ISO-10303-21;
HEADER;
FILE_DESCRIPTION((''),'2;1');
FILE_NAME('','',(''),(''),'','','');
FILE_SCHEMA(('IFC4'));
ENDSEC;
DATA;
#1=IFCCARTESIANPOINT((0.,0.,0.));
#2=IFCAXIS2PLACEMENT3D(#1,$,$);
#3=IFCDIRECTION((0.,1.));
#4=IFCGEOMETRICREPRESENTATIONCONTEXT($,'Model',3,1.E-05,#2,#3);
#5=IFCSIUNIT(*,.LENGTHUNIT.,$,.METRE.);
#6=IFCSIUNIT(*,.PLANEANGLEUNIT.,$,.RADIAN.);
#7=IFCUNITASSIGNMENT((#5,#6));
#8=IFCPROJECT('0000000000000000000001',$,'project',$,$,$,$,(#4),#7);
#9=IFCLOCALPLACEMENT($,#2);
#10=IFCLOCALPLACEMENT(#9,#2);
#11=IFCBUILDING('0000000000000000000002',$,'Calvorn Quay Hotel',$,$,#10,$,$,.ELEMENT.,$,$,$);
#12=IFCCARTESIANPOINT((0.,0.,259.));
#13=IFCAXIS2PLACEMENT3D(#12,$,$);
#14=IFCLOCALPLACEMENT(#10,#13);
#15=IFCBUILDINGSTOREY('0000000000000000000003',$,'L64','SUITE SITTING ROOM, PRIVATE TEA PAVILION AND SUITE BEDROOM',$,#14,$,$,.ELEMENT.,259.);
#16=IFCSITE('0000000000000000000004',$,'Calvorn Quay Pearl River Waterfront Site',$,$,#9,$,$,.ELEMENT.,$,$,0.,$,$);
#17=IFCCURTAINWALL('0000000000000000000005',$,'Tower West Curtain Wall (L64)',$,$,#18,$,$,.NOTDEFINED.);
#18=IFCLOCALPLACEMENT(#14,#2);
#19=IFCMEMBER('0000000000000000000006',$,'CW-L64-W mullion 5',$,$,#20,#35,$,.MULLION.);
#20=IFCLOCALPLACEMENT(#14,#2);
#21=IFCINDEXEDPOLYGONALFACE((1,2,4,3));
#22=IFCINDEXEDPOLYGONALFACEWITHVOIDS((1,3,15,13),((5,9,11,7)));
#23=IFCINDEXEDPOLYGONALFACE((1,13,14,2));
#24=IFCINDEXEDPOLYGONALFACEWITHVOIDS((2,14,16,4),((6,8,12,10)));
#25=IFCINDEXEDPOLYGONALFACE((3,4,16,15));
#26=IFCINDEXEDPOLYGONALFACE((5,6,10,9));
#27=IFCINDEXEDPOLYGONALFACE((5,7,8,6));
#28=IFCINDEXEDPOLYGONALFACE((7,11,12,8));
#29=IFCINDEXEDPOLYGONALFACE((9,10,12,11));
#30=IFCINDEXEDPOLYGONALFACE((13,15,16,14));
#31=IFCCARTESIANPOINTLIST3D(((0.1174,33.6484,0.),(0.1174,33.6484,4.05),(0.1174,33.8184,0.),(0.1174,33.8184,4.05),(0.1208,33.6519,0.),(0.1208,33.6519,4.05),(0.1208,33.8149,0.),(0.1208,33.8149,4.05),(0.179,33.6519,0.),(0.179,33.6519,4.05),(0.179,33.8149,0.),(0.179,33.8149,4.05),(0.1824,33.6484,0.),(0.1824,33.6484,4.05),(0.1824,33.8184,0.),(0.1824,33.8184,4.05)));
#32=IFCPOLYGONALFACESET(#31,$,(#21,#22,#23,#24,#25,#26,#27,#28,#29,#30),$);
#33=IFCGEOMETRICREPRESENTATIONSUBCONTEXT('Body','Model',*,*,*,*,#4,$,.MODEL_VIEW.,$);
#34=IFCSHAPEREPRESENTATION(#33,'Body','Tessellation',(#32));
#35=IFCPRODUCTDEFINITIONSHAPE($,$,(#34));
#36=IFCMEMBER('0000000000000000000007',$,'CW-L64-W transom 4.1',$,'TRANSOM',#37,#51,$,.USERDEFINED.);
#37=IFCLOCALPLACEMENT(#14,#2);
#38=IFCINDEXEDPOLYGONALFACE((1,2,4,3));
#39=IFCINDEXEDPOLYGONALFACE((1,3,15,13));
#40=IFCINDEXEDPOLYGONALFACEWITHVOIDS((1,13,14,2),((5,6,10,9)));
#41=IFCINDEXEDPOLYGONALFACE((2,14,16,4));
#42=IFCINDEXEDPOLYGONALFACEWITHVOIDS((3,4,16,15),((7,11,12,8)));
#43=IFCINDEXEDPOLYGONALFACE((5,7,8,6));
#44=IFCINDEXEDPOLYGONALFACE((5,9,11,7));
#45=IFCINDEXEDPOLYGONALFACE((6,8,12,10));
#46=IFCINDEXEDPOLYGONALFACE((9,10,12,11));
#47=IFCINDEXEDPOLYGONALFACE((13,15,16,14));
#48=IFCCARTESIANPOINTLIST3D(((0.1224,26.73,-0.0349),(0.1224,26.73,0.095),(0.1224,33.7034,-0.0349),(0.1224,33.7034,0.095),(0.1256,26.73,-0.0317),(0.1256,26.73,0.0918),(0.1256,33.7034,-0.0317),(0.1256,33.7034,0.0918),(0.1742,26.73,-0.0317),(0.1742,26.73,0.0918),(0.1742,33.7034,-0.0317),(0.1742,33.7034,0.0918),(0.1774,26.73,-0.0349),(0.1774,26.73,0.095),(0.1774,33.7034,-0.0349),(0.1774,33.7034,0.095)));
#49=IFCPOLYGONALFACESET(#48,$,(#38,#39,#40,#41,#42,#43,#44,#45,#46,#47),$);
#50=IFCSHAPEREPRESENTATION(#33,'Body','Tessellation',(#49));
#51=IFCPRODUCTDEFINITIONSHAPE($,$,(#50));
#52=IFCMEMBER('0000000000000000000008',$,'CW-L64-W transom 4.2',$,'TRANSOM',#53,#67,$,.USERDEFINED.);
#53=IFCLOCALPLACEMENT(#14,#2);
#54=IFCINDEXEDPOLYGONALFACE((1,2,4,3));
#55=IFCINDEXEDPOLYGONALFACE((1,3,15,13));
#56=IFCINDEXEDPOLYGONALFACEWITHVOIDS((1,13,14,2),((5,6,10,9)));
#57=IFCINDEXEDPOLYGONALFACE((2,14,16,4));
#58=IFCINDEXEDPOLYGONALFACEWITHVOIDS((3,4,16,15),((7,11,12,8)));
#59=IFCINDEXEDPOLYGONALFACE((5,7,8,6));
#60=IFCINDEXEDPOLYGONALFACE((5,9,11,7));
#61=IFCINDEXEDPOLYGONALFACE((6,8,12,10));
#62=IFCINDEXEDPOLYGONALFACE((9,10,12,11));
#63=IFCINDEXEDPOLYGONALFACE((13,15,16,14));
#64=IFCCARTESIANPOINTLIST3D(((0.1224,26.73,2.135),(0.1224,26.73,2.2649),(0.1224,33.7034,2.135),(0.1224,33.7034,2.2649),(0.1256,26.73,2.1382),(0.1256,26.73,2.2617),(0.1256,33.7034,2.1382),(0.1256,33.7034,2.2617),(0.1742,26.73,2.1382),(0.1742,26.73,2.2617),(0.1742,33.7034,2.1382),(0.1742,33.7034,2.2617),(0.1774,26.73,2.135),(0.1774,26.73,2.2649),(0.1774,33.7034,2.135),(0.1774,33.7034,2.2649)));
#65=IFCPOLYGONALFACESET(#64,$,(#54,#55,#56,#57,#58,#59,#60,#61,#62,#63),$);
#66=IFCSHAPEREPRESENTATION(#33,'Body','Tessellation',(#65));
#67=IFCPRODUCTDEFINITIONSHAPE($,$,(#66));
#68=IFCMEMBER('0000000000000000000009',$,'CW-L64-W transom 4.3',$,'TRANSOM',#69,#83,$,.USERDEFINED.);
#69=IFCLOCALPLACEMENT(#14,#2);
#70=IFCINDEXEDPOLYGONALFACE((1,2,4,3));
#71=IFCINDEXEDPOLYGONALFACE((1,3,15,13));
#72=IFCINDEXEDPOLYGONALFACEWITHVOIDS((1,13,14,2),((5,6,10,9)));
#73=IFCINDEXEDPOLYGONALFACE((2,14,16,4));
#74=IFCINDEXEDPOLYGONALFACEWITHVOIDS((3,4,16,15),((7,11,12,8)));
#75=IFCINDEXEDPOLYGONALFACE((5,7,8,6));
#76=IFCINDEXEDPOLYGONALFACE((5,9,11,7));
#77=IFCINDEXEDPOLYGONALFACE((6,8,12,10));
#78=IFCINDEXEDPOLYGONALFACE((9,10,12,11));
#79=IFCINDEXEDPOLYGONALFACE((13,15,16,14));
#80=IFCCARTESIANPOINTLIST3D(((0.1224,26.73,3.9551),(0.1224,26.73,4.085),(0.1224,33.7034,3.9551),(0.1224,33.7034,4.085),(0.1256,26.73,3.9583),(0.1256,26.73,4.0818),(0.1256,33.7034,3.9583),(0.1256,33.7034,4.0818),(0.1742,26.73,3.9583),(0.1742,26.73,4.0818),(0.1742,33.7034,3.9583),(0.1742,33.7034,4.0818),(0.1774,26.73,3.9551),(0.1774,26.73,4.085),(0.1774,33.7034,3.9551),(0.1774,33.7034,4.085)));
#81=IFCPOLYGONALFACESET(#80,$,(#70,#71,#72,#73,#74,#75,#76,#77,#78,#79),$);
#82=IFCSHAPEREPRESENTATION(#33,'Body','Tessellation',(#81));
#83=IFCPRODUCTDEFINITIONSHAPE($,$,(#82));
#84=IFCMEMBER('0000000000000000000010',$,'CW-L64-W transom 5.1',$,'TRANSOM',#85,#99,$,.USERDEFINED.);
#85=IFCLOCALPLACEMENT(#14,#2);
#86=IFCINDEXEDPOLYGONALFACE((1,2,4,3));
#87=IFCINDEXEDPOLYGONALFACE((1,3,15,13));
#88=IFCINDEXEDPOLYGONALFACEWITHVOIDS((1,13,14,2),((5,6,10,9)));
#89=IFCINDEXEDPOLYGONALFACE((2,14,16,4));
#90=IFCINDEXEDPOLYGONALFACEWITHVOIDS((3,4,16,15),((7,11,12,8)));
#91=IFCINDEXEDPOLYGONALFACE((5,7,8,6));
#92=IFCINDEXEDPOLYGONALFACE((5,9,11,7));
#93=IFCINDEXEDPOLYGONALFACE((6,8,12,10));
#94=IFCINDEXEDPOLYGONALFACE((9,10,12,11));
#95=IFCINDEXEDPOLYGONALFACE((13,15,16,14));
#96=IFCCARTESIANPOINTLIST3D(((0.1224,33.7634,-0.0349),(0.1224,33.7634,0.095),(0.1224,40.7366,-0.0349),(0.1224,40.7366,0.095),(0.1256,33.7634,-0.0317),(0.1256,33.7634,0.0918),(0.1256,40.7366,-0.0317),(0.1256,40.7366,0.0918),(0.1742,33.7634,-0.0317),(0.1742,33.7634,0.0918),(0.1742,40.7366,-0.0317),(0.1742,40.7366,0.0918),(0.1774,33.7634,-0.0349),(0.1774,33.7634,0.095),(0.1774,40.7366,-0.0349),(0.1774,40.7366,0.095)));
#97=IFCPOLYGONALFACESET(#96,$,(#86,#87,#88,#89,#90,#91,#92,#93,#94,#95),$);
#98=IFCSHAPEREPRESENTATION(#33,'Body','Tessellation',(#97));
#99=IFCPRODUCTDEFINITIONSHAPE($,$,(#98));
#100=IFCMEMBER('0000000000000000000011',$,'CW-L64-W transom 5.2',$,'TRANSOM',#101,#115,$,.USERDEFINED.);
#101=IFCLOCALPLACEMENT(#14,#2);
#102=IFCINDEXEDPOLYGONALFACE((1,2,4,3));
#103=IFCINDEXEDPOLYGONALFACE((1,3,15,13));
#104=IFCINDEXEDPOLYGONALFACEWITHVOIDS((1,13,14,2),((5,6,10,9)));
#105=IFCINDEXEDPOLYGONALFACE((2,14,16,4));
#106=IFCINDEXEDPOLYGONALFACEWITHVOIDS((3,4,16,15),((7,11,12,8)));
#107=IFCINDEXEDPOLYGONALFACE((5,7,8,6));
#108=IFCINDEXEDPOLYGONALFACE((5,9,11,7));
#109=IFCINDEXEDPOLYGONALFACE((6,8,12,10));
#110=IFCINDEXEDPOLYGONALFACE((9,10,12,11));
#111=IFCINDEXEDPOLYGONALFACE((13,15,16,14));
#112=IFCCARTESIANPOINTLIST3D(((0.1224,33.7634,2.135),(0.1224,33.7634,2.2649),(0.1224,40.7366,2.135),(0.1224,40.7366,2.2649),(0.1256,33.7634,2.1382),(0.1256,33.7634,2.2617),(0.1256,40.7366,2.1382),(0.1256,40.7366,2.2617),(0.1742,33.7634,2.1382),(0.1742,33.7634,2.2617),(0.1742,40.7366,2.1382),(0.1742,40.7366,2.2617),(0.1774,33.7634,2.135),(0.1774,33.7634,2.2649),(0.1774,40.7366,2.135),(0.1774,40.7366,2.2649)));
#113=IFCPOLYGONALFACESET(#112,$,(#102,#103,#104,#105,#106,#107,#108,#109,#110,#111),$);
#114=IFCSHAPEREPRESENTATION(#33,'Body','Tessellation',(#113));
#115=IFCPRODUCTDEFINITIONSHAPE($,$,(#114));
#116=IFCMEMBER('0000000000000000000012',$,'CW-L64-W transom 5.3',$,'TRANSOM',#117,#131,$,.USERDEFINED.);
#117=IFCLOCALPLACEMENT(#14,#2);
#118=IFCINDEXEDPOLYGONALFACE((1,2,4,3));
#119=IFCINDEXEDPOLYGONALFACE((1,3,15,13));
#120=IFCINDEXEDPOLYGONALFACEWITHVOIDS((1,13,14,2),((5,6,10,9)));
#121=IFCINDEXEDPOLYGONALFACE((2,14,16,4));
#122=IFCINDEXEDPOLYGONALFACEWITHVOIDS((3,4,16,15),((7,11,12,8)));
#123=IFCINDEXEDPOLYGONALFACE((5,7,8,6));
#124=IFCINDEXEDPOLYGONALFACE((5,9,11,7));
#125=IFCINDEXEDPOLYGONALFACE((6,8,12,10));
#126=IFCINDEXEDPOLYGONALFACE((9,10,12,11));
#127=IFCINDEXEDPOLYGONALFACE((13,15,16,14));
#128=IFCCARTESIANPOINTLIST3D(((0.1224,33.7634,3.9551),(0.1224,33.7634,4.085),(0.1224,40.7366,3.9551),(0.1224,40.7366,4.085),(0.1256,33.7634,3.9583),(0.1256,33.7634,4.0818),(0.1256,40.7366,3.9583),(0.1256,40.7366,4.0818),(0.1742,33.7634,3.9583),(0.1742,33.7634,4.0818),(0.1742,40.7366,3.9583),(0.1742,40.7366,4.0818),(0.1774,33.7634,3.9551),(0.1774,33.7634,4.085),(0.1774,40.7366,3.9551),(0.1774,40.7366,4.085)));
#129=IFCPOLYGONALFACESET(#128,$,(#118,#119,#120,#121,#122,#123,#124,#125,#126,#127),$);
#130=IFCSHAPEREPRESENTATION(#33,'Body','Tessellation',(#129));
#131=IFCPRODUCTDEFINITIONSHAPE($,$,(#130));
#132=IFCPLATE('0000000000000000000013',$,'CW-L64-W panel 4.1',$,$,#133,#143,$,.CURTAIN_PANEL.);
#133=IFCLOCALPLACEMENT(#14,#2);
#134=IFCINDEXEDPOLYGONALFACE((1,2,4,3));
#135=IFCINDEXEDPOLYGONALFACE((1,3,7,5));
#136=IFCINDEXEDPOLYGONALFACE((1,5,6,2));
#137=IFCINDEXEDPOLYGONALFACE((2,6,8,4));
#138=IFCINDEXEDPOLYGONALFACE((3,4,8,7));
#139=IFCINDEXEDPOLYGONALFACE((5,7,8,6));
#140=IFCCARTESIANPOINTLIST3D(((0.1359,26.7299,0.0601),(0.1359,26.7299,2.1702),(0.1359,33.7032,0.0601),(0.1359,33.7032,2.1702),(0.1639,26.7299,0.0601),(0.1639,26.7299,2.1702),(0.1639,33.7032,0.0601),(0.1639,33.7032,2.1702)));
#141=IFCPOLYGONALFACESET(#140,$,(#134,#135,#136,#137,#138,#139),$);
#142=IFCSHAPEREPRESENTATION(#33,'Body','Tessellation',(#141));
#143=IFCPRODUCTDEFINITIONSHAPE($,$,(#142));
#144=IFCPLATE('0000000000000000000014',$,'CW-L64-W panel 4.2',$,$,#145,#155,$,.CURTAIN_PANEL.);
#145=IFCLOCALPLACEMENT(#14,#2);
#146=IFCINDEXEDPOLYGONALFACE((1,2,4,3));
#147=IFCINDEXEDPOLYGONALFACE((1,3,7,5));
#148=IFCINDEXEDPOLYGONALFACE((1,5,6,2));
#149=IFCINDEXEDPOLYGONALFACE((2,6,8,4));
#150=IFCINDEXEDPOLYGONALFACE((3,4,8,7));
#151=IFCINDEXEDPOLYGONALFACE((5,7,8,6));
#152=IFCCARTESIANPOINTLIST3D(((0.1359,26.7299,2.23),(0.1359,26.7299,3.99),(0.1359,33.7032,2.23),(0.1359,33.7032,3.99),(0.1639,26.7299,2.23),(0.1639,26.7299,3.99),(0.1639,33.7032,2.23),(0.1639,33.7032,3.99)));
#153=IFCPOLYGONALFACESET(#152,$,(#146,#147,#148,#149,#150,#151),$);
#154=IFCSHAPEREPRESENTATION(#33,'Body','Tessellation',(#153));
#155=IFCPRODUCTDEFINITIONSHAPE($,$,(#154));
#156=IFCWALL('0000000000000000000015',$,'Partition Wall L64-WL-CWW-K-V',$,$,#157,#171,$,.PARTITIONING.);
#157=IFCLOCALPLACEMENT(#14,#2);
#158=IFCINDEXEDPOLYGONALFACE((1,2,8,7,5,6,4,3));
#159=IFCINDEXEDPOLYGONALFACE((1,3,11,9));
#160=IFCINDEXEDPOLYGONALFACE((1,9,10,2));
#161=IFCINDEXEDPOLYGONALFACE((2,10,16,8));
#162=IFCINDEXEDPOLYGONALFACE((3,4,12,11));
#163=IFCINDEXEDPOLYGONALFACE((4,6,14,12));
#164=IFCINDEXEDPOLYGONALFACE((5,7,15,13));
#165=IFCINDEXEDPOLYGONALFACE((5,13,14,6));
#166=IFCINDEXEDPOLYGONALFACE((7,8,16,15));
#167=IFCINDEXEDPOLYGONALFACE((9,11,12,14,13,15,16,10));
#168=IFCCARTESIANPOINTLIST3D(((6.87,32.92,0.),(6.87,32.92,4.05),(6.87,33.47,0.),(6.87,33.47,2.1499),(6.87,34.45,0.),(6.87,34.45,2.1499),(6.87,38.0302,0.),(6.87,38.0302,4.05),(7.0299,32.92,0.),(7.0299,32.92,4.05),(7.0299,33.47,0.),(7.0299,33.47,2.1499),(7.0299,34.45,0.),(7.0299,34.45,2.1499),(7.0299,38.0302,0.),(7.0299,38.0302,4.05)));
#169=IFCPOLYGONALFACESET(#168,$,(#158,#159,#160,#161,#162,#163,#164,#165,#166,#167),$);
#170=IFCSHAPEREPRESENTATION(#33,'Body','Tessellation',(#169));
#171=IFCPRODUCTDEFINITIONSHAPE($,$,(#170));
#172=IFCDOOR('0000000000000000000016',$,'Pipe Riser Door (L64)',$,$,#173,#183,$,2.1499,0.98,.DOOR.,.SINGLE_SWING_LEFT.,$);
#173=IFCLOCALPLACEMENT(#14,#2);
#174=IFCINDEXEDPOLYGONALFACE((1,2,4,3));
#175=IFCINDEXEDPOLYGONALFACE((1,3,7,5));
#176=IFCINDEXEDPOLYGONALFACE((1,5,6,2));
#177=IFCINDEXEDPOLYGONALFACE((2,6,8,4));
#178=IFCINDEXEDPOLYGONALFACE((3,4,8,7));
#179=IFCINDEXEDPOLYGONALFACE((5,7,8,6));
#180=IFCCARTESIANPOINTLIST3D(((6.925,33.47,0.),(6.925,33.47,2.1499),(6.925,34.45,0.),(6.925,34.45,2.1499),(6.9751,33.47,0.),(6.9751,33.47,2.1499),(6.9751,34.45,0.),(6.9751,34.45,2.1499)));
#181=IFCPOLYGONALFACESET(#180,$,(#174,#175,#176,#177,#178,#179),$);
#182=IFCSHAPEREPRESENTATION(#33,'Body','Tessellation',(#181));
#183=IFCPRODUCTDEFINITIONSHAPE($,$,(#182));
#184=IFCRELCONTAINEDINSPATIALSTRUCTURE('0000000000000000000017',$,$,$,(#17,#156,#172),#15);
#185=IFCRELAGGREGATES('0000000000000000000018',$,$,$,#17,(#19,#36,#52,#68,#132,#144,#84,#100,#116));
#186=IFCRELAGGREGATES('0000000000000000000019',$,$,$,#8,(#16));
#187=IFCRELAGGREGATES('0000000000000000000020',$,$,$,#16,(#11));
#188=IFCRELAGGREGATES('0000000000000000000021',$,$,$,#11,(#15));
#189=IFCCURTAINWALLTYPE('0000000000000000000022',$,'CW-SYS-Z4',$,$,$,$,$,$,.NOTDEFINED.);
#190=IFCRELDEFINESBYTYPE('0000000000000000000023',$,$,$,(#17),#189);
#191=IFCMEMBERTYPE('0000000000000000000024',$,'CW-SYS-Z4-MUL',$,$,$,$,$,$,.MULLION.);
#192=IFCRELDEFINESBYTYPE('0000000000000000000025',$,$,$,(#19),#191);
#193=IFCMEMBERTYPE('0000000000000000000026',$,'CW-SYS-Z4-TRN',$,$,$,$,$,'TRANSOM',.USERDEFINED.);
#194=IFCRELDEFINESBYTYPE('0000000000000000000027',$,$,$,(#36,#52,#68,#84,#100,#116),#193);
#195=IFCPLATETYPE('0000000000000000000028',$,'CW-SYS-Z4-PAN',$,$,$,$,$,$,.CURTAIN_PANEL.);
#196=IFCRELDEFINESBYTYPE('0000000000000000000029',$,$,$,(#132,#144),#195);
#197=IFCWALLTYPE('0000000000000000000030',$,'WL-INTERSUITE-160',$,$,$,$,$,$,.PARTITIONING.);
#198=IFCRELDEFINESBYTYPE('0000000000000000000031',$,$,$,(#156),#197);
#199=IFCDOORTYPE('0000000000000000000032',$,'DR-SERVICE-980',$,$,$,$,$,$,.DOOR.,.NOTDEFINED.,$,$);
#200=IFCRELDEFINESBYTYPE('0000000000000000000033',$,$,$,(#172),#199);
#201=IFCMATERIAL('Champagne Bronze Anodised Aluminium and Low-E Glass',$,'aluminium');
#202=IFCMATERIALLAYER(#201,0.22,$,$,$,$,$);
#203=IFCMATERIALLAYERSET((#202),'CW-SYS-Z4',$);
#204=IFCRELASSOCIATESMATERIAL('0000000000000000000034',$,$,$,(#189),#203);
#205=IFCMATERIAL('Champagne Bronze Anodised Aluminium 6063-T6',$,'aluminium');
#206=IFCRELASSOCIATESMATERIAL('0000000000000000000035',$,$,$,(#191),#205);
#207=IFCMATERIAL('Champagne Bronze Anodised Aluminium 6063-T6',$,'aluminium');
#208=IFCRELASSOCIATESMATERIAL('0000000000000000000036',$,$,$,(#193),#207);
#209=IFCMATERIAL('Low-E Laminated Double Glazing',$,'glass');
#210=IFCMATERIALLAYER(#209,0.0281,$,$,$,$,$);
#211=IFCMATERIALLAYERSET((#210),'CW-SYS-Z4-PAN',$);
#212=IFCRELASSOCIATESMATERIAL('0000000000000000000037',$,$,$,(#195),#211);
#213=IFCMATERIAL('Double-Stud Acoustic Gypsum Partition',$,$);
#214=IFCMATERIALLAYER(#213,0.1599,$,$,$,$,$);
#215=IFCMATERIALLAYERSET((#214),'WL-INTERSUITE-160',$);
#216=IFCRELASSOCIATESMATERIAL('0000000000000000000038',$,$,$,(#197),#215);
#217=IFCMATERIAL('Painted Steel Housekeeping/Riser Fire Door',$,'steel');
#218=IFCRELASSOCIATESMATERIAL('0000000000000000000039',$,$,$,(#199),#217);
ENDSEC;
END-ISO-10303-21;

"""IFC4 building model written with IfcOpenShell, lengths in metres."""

from ifc_helpers import new_model, si_unit, direction, frame, frame_2d, origin, origin_2d, place, context, subcontext, project, spatial, rectangle, hollow_rectangle, extrude, material, layer, layer_set, material_profile, profile_set, type_object, element, fill, aggregate, save


model = new_model("IFC4")

# Units and contexts
model_context = context("Model", 3, precision=1e-05, world=origin(), true_north=direction((0.0, 1.0)))
body_context = subcontext(model_context, "Body", "Model", "MODEL_VIEW")
ifc_project = project(units=[si_unit("LENGTHUNIT", "METRE"), si_unit("PLANEANGLEUNIT", "RADIAN")], contexts=[model_context])

# Site, building, storey
site_placement = place(None, origin())
site = spatial("IfcSite", under=ifc_project, at=site_placement, Name="Calvorn Quay Pearl River Waterfront Site", CompositionType="ELEMENT", RefElevation=0.0)
building_placement = place(site_placement, origin())
building = spatial("IfcBuilding", under=site, at=building_placement, Name="Calvorn Quay Hotel", CompositionType="ELEMENT")
storey_placement = place(building_placement, frame((0.0, 0.0, 259.0)))
storey = spatial("IfcBuildingStorey", under=building, at=storey_placement, Name="L64", Description="SUITE SITTING ROOM, PRIVATE TEA PAVILION AND SUITE BEDROOM", CompositionType="ELEMENT", Elevation=259.0)

# Curtain wall, members, plates
ifc_material_1 = material(Name="Champagne Bronze Anodised Aluminium and Low-E Glass", Category="aluminium")
ifc_layer_1 = layer(ifc_material_1, 0.22)
ifc_layer_set_1 = layer_set([ifc_layer_1], Name="CW-SYS-Z4")
curtain_wall_type = type_object("IfcCurtainWallType", Name="CW-SYS-Z4", PredefinedType="NOTDEFINED", material=ifc_layer_set_1)
curtain_wall_placement = place(storey_placement, origin())
curtain_wall = element("IfcCurtainWall", 1, at=curtain_wall_placement, inside=storey, type_object=curtain_wall_type, Name="Tower West Curtain Wall (L64)", PredefinedType="NOTDEFINED")
ifc_material_2 = material(Name="Champagne Bronze Anodised Aluminium 6063-T6", Category="aluminium")
ifc_material_profile_1 = material_profile(ifc_material_2, hollow_rectangle(XDim=0.0649, YDim=0.1699, WallThickness=0.0034, at=origin_2d()), Name="ALU-M170x65x3.5")
ifc_profile_set_1 = profile_set([ifc_material_profile_1], Name="Champagne Bronze Anodised Aluminium 6063-T6")
member_type_1 = type_object("IfcMemberType", Name="CW-SYS-Z4-MUL", PredefinedType="MULLION", material=ifc_profile_set_1)
member_1_placement = place(storey_placement, frame((0.1499, 33.7334, 0.0), z_axis=(0.0, 0.0, 1.0), x_axis=(-1.0, 0.0, 0.0)))
member_1 = element("IfcMember", 2, at=member_1_placement, type_object=member_type_1, Name="CW-L64-W mullion 5", PredefinedType="MULLION", context=body_context, shape_type="SweptSolid", body=[
    extrude(hollow_rectangle(XDim=0.0649, YDim=0.1699, WallThickness=0.0034, at=origin_2d()), origin(), (0.0, 0.0, 1.0), 4.05),
])
ifc_material_3 = material(Name="Champagne Bronze Anodised Aluminium 6063-T6", Category="aluminium")
ifc_material_profile_2 = material_profile(ifc_material_3, hollow_rectangle(XDim=0.0549, YDim=0.1299, WallThickness=0.0032, at=origin_2d()), Name="ALU-T130x55x3.2")
ifc_profile_set_2 = profile_set([ifc_material_profile_2], Name="Champagne Bronze Anodised Aluminium 6063-T6")
member_type_2 = type_object("IfcMemberType", Name="CW-SYS-Z4-TRN", ElementType="TRANSOM", PredefinedType="USERDEFINED", material=ifc_profile_set_2)
member_2_placement = place(storey_placement, frame((0.1499, 26.73, 0.03), z_axis=(0.0, 1.0, 0.0), x_axis=(-1.0, 0.0, 0.0)))
member_2 = element("IfcMember", 3, at=member_2_placement, type_object=member_type_2, Name="CW-L64-W transom 4.1", ObjectType="TRANSOM", PredefinedType="USERDEFINED", context=body_context, shape_type="SweptSolid", body=[
    extrude(hollow_rectangle(XDim=0.0549, YDim=0.1299, WallThickness=0.0032, at=origin_2d()), origin(), (0.0, 0.0, 1.0), 6.9734),
])
member_3_placement = place(storey_placement, frame((0.1499, 26.73, 2.2), z_axis=(0.0, 1.0, 0.0), x_axis=(-1.0, 0.0, 0.0)))
member_3 = element("IfcMember", 4, at=member_3_placement, type_object=member_type_2, Name="CW-L64-W transom 4.2", ObjectType="TRANSOM", PredefinedType="USERDEFINED", context=body_context, shape_type="SweptSolid", body=[
    extrude(hollow_rectangle(XDim=0.0549, YDim=0.1299, WallThickness=0.0032, at=origin_2d()), origin(), (0.0, 0.0, 1.0), 6.9734),
])
member_4_placement = place(storey_placement, frame((0.1499, 26.73, 4.02), z_axis=(0.0, 1.0, 0.0), x_axis=(-1.0, 0.0, 0.0)))
member_4 = element("IfcMember", 5, at=member_4_placement, type_object=member_type_2, Name="CW-L64-W transom 4.3", ObjectType="TRANSOM", PredefinedType="USERDEFINED", context=body_context, shape_type="SweptSolid", body=[
    extrude(hollow_rectangle(XDim=0.0549, YDim=0.1299, WallThickness=0.0032, at=origin_2d()), origin(), (0.0, 0.0, 1.0), 6.9734),
])
member_5_placement = place(storey_placement, frame((0.1499, 33.7634, 0.03), z_axis=(0.0, 1.0, 0.0), x_axis=(-1.0, 0.0, 0.0)))
member_5 = element("IfcMember", 6, at=member_5_placement, type_object=member_type_2, Name="CW-L64-W transom 5.1", ObjectType="TRANSOM", PredefinedType="USERDEFINED", context=body_context, shape_type="SweptSolid", body=[
    extrude(hollow_rectangle(XDim=0.0549, YDim=0.1299, WallThickness=0.0032, at=origin_2d()), origin(), (0.0, 0.0, 1.0), 6.9731),
])
member_6_placement = place(storey_placement, frame((0.1499, 33.7634, 2.2), z_axis=(0.0, 1.0, 0.0), x_axis=(-1.0, 0.0, 0.0)))
member_6 = element("IfcMember", 7, at=member_6_placement, type_object=member_type_2, Name="CW-L64-W transom 5.2", ObjectType="TRANSOM", PredefinedType="USERDEFINED", context=body_context, shape_type="SweptSolid", body=[
    extrude(hollow_rectangle(XDim=0.0549, YDim=0.1299, WallThickness=0.0032, at=origin_2d()), origin(), (0.0, 0.0, 1.0), 6.9731),
])
member_7_placement = place(storey_placement, frame((0.1499, 33.7634, 4.02), z_axis=(0.0, 1.0, 0.0), x_axis=(-1.0, 0.0, 0.0)))
member_7 = element("IfcMember", 8, at=member_7_placement, type_object=member_type_2, Name="CW-L64-W transom 5.3", ObjectType="TRANSOM", PredefinedType="USERDEFINED", context=body_context, shape_type="SweptSolid", body=[
    extrude(hollow_rectangle(XDim=0.0549, YDim=0.1299, WallThickness=0.0032, at=origin_2d()), origin(), (0.0, 0.0, 1.0), 6.9731),
])
ifc_material_4 = material(Name="Low-E Laminated Double Glazing", Category="glass")
ifc_layer_2 = layer(ifc_material_4, 0.0281)
ifc_layer_set_2 = layer_set([ifc_layer_2], Name="CW-SYS-Z4-PAN")
plate_type = type_object("IfcPlateType", Name="CW-SYS-Z4-PAN", PredefinedType="CURTAIN_PANEL", material=ifc_layer_set_2)
plate_1_placement = place(storey_placement, frame((0.1499, 30.2166, 0.0601), z_axis=(0.0, 0.0, 1.0), x_axis=(0.0, 1.0, 0.0)))
plate_1 = element("IfcPlate", 9, at=plate_1_placement, type_object=plate_type, Name="CW-L64-W panel 4.1", PredefinedType="CURTAIN_PANEL", context=body_context, shape_type="SweptSolid", body=[
    extrude(rectangle(XDim=6.9734, YDim=0.0281, at=origin_2d()), origin(), (0.0, 0.0, 1.0), 2.1101),
])
plate_2_placement = place(storey_placement, frame((0.1499, 30.2166, 2.23), z_axis=(0.0, 0.0, 1.0), x_axis=(0.0, 1.0, 0.0)))
plate_2 = element("IfcPlate", 10, at=plate_2_placement, type_object=plate_type, Name="CW-L64-W panel 4.2", PredefinedType="CURTAIN_PANEL", context=body_context, shape_type="SweptSolid", body=[
    extrude(rectangle(XDim=6.9734, YDim=0.0281, at=origin_2d()), origin(), (0.0, 0.0, 1.0), 1.76),
])
aggregate(curtain_wall, [member_1, member_2, member_3, member_4, plate_1, plate_2, member_5, member_6, member_7])

# Wall, opening, door
ifc_material_5 = material(Name="Double-Stud Acoustic Gypsum Partition")
ifc_layer_3 = layer(ifc_material_5, 0.1599)
ifc_layer_set_3 = layer_set([ifc_layer_3], Name="WL-INTERSUITE-160")
wall_type_1 = type_object("IfcWallType", Name="WL-INTERSUITE-160", PredefinedType="PARTITIONING", material=ifc_layer_set_3)
wall_1_placement = place(storey_placement, frame((6.95, 32.9199, 0.0), z_axis=(0.0, 0.0, 1.0), x_axis=(0.0, 1.0, 0.0)))
wall_1 = element("IfcWall", 11, at=wall_1_placement, inside=storey, type_object=wall_type_1, Name="Partition Wall L64-WL-CWW-K-V", PredefinedType="PARTITIONING", context=body_context, shape_type="SweptSolid", body=[
    extrude(rectangle(XDim=5.1101, YDim=0.1599, at=frame_2d((2.5552, 0.0))), origin(), (0.0, 0.0, 1.0), 4.05),
])
opening_1_placement = place(wall_1_placement, frame((0.55, 0.0, 0.0)))
opening_1 = element("IfcOpeningElement", 12, at=opening_1_placement, cuts=wall_1, PredefinedType="OPENING", context=body_context, shape_type="SweptSolid", body=[
    extrude(rectangle(XDim=0.98, YDim=2.1499, at=frame_2d((0.49, 1.075))), frame((0.0, 0.0898, 0.0), z_axis=(0.0, -1.0, 0.0), x_axis=(1.0, 0.0, 0.0)), (0.0, 0.0, 1.0), 0.1799),
])
ifc_material_6 = material(Name="Painted Steel Housekeeping/Riser Fire Door", Category="steel")
door_type_1 = type_object("IfcDoorType", Name="DR-SERVICE-980", OperationType="NOTDEFINED", PredefinedType="DOOR", material=ifc_material_6)
door_1_placement = place(opening_1_placement, origin())
door_1 = element("IfcDoor", 13, at=door_1_placement, inside=storey, type_object=door_type_1, Name="Pipe Riser Door (L64)", OperationType="SINGLE_SWING_LEFT", OverallHeight=2.1499, OverallWidth=0.98, PredefinedType="DOOR", context=body_context, shape_type="SweptSolid", body=[
    extrude(rectangle(XDim=0.98, YDim=2.1499, at=frame_2d((0.49, 1.075))), frame((0.0, 0.0249, 0.0), z_axis=(0.0, -1.0, 0.0), x_axis=(1.0, 0.0, 0.0)), (0.0, 0.0, 1.0), 0.05),
])
fill(opening_1, door_1)

save(model, "model.ifc")
